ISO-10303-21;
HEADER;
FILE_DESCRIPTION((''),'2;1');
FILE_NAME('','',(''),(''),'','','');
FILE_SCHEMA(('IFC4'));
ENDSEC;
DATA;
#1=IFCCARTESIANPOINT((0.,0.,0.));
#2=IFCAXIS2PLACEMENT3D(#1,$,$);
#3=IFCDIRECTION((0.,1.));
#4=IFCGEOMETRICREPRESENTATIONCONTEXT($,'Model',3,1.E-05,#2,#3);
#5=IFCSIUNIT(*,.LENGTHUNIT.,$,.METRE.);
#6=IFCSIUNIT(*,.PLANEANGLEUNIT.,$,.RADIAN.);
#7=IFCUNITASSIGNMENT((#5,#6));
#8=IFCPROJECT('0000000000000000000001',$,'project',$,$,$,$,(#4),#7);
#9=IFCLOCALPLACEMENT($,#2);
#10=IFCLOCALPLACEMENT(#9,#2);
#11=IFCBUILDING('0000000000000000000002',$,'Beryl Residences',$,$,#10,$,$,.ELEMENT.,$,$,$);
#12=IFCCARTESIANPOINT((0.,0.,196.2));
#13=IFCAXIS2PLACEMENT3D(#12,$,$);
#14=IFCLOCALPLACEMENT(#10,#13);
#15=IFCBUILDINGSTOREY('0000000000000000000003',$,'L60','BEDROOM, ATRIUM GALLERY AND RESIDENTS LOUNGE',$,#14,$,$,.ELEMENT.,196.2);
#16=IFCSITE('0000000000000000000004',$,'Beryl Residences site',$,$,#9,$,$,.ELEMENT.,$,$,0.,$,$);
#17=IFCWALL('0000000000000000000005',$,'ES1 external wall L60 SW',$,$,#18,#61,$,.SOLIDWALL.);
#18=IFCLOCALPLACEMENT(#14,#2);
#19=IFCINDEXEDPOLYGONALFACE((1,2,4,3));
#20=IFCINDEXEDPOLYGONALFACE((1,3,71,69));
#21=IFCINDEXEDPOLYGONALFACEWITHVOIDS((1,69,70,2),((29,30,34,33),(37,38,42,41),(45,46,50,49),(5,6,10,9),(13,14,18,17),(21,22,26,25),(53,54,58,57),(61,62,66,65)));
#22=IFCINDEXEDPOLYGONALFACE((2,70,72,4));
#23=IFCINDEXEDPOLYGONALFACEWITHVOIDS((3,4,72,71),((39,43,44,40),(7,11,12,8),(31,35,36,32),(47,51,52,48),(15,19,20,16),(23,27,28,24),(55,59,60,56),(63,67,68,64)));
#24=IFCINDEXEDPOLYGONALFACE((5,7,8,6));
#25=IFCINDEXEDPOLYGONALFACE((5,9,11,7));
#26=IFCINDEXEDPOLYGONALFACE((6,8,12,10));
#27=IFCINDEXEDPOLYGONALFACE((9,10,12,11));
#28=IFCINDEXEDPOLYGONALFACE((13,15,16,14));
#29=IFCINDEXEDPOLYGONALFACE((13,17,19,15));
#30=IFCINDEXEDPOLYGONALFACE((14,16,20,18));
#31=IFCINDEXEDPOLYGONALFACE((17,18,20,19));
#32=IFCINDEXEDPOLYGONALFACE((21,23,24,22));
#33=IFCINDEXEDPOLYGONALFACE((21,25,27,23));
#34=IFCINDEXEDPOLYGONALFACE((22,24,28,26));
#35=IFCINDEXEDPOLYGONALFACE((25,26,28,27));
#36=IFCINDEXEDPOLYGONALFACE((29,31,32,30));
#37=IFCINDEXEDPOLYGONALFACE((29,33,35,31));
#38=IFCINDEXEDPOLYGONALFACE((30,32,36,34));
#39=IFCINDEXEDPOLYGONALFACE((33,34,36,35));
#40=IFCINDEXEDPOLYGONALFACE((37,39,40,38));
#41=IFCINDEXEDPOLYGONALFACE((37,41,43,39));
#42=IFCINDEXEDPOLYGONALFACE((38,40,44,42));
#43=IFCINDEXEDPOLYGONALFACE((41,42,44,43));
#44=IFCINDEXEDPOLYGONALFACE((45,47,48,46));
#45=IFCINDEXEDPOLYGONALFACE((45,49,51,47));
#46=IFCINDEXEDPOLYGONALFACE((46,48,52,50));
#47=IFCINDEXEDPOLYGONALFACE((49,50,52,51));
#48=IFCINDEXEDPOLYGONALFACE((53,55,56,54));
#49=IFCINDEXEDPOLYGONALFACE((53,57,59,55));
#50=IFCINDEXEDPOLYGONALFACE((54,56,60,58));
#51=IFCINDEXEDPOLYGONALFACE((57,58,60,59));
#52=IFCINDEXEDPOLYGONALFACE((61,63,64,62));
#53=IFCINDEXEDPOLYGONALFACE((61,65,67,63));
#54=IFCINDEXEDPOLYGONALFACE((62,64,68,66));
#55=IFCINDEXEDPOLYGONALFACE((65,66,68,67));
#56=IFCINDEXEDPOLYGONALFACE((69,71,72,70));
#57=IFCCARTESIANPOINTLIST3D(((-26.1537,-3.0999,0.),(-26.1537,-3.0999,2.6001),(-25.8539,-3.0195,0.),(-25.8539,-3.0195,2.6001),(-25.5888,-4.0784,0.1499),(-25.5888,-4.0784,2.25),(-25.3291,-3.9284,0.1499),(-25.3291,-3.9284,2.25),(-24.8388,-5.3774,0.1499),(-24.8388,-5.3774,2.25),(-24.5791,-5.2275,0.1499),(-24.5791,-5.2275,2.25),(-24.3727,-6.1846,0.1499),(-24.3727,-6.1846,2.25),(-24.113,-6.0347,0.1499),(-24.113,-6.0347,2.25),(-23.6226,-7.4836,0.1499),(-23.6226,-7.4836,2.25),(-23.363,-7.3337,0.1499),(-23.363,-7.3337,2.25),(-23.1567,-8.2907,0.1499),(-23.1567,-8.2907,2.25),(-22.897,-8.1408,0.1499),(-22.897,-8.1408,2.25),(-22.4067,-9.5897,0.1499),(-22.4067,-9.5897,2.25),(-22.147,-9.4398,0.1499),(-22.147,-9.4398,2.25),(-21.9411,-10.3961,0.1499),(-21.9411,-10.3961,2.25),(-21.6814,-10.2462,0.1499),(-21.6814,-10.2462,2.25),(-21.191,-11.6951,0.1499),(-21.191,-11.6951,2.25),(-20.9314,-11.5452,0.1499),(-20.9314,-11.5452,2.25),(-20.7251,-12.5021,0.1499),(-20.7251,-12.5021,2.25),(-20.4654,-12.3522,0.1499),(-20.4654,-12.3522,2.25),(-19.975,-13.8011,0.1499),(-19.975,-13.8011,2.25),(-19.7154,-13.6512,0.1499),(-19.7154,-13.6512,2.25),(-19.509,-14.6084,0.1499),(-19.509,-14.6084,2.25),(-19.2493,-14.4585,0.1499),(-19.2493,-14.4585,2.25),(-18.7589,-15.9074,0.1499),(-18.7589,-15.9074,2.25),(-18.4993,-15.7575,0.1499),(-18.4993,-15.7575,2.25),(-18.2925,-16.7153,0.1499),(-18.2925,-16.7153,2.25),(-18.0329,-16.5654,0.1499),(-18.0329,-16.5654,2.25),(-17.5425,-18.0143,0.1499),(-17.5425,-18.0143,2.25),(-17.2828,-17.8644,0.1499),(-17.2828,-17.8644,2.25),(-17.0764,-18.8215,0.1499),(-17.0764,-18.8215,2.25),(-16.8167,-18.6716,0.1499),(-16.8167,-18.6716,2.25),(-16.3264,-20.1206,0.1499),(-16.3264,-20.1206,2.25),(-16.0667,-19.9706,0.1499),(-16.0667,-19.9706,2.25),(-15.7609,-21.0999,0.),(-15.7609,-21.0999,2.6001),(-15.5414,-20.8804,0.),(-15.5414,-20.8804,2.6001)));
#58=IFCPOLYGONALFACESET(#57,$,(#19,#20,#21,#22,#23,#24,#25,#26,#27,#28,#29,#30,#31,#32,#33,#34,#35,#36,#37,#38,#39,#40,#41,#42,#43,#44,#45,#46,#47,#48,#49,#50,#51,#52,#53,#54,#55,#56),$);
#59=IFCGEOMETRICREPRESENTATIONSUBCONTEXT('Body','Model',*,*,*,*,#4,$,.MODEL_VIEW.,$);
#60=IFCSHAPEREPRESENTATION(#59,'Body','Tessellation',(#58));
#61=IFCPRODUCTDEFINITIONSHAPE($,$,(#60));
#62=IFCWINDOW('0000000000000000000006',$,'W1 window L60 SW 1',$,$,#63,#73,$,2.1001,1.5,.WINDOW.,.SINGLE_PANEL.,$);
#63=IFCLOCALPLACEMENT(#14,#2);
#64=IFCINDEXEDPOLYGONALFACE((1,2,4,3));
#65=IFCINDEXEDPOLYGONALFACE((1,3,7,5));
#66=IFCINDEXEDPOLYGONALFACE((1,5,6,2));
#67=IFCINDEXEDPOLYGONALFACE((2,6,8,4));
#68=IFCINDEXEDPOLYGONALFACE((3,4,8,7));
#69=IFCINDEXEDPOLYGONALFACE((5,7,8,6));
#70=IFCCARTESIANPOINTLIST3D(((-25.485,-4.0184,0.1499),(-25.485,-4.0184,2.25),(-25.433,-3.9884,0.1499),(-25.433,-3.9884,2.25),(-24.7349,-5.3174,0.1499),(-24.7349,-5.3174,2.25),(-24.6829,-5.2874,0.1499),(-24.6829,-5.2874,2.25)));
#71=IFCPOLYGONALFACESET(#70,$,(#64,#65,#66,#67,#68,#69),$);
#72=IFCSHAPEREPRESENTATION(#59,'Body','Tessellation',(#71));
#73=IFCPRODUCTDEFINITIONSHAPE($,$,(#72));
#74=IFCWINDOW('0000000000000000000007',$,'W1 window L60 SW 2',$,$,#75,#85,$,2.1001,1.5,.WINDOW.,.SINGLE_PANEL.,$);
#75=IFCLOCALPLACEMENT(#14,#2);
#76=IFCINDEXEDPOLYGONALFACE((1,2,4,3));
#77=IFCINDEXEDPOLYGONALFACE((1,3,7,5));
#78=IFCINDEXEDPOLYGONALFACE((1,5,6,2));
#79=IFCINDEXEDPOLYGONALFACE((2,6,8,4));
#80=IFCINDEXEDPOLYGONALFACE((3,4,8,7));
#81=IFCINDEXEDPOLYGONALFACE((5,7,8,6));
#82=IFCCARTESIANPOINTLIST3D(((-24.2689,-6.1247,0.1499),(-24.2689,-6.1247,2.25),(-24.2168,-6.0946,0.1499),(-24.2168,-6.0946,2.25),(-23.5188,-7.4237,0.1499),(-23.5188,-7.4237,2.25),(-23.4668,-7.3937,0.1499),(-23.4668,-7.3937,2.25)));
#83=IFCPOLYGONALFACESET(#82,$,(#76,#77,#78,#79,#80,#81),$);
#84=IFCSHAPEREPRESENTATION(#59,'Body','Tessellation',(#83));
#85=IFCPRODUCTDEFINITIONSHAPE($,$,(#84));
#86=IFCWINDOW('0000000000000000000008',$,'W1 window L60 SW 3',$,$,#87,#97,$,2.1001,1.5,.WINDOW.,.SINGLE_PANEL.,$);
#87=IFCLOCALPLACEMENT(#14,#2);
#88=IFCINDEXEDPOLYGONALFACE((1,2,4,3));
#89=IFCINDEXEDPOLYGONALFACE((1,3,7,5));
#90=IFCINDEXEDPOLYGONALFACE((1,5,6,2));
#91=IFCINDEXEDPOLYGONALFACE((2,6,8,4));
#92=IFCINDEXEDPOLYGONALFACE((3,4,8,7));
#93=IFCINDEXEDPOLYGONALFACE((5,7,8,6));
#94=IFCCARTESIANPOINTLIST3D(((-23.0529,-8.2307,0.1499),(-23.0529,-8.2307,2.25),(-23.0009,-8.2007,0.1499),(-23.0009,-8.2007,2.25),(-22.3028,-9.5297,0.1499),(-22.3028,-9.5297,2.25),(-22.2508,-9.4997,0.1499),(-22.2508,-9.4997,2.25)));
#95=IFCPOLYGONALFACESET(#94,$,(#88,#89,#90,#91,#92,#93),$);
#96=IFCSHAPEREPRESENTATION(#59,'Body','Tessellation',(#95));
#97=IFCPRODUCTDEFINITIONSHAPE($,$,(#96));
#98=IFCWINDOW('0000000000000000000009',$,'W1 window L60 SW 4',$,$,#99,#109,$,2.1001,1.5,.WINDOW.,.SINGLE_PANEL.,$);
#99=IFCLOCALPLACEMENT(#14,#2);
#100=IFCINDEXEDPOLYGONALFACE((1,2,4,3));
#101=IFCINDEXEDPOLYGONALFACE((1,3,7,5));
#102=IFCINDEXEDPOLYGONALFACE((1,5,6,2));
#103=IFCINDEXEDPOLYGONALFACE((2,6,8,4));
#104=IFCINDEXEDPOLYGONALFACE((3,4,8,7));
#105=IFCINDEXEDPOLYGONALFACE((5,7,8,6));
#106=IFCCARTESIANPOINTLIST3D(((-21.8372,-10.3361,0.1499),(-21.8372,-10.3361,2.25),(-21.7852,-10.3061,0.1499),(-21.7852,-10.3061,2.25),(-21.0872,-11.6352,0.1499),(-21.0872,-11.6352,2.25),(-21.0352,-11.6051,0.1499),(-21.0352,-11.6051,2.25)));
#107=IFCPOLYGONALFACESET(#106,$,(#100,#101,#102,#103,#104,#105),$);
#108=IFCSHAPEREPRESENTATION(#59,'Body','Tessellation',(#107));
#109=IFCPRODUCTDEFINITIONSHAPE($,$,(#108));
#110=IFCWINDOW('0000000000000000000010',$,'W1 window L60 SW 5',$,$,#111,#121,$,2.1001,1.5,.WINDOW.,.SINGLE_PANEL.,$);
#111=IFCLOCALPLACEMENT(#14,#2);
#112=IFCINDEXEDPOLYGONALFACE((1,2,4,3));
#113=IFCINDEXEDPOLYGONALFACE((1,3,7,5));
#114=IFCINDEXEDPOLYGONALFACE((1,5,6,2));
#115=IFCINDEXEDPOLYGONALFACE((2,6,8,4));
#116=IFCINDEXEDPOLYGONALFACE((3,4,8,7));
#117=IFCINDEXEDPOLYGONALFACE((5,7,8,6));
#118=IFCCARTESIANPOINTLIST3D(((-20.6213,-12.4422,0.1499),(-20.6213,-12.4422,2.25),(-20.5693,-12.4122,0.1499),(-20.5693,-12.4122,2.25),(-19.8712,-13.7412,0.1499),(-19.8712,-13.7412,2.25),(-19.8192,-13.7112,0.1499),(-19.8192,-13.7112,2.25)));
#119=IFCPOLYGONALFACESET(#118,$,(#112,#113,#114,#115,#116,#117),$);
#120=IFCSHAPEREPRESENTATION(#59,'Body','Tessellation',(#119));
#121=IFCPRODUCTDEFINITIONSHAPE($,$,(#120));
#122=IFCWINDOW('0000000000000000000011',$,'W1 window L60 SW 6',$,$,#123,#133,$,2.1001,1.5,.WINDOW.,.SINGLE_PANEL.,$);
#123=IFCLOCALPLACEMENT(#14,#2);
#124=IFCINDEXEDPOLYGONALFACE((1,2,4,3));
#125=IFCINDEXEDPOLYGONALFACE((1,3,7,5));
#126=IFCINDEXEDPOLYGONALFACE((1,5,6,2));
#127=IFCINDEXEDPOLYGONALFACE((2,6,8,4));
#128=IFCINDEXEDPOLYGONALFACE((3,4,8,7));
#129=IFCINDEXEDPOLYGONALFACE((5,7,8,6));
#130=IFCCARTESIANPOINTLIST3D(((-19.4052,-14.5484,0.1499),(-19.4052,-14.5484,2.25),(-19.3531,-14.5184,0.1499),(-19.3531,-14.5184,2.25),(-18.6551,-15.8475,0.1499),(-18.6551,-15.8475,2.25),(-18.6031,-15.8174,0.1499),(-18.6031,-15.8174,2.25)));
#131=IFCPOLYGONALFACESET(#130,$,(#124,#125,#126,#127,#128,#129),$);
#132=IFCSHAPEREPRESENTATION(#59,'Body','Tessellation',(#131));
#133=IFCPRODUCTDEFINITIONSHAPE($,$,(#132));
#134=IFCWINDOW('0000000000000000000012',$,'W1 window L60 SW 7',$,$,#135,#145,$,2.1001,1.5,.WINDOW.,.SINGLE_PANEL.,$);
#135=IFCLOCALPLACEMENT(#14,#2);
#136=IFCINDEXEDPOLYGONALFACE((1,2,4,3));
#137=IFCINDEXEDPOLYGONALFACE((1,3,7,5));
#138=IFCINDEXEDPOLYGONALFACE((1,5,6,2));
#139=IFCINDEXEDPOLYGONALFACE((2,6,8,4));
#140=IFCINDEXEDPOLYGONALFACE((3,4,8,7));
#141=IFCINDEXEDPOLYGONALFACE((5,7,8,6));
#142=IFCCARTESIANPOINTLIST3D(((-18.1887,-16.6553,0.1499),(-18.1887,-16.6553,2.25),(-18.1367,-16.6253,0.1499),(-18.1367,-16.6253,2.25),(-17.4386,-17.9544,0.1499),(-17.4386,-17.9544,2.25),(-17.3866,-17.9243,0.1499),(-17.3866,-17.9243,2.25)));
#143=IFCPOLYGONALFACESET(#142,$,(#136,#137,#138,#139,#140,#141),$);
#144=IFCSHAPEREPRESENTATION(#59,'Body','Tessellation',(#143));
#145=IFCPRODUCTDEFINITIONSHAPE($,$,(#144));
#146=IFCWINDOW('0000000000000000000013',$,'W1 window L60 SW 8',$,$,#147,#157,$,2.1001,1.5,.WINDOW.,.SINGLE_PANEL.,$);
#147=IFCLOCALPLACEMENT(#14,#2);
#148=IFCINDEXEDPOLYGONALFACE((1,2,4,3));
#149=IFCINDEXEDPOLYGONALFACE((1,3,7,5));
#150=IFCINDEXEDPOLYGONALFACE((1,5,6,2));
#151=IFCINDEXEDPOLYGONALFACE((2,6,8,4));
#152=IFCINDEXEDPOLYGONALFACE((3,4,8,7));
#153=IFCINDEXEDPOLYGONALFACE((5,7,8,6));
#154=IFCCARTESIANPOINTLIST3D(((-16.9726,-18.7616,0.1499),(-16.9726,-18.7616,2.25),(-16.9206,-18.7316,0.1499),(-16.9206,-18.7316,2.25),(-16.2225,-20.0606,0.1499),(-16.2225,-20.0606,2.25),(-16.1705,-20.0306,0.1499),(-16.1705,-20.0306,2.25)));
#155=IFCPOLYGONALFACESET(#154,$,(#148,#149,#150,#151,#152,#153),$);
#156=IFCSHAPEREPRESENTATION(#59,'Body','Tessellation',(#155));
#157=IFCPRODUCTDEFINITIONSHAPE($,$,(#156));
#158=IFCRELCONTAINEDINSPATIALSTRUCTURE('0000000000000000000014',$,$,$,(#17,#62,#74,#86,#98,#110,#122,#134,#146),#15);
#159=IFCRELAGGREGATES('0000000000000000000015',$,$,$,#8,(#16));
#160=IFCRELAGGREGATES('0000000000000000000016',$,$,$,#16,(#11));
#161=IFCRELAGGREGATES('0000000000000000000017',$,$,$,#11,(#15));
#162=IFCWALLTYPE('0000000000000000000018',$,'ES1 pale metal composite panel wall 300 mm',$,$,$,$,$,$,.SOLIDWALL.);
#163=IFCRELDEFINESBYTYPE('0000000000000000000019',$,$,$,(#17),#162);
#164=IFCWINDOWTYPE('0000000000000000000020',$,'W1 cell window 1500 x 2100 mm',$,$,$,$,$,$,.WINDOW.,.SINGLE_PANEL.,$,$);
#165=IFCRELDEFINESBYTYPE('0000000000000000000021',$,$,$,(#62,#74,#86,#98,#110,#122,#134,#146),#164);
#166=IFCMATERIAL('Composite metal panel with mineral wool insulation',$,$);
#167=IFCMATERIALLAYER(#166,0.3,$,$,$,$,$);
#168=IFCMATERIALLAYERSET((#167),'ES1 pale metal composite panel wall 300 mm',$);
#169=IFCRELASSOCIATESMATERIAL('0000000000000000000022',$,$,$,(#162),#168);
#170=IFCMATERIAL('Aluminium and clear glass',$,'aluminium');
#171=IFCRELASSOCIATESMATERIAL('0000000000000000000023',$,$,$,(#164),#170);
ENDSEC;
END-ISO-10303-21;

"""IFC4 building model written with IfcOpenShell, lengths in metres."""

from ifc_helpers import new_model, si_unit, direction, frame, frame_2d, origin, place, context, subcontext, project, spatial, polyline, rectangle, outline, extrude, material, layer, layer_set, type_object, element, fill, save


model = new_model("IFC4")

# Units and contexts
model_context = context("Model", 3, precision=1e-05, world=origin(), true_north=direction((0.0, 1.0)))
body_context = subcontext(model_context, "Body", "Model", "MODEL_VIEW")
ifc_project = project(units=[si_unit("LENGTHUNIT", "METRE"), si_unit("PLANEANGLEUNIT", "RADIAN")], contexts=[model_context])

# Site, building, storey
site_placement = place(None, origin())
site = spatial("IfcSite", under=ifc_project, at=site_placement, Name="Beryl Residences site", CompositionType="ELEMENT", RefElevation=0.0)
building_placement = place(site_placement, origin())
building = spatial("IfcBuilding", under=site, at=building_placement, Name="Beryl Residences", CompositionType="ELEMENT")
storey_placement = place(building_placement, frame((0.0, 0.0, 196.2)))
storey = spatial("IfcBuildingStorey", under=building, at=storey_placement, Name="L60", Description="BEDROOM, ATRIUM GALLERY AND RESIDENTS LOUNGE", CompositionType="ELEMENT", Elevation=196.2)

# Wall, openings, windows
ifc_material_1 = material(Name="Composite metal panel with mineral wool insulation")
ifc_layer_1 = layer(ifc_material_1, 0.3)
ifc_layer_set_1 = layer_set([ifc_layer_1], Name="ES1 pale metal composite panel wall 300 mm")
wall_type_1 = type_object("IfcWallType", Name="ES1 pale metal composite panel wall 300 mm", PredefinedType="SOLIDWALL", material=ifc_layer_set_1)
wall_1_placement = place(storey_placement, frame((-26.0239, -3.0249, 0.0), z_axis=(0.0, 0.0, 1.0), x_axis=(0.500019, -0.866015, 0.0)))
wall_1 = element("IfcWall", 1, at=wall_1_placement, inside=storey, type_object=wall_type_1, Name="ES1 external wall L60 SW", PredefinedType="SOLIDWALL", context=body_context, shape_type="SweptSolid", body=[
    extrude(outline(polyline([(0.0, -0.1499), (20.7849, -0.1499), (20.7046, 0.1499), (0.0803, 0.1499), (0.0, -0.1499)])), origin(), (0.0, 0.0, 1.0), 2.6001),
])
opening_1_placement = place(wall_1_placement, frame((1.1299, 0.0, 0.1499)))
opening_1 = element("IfcOpeningElement", 2, at=opening_1_placement, cuts=wall_1, PredefinedType="OPENING", context=body_context, shape_type="SweptSolid", body=[
    extrude(rectangle(XDim=1.5, YDim=2.1001, at=frame_2d((0.75, 1.05))), frame((0.0, 0.1599, 0.0), z_axis=(0.0, -1.0, 0.0), x_axis=(1.0, 0.0, 0.0)), (0.0, 0.0, 1.0), 0.3201),
])
opening_2_placement = place(wall_1_placement, frame((3.562, 0.0, 0.1499)))
opening_2 = element("IfcOpeningElement", 3, at=opening_2_placement, cuts=wall_1, PredefinedType="OPENING", context=body_context, shape_type="SweptSolid", body=[
    extrude(rectangle(XDim=1.5, YDim=2.1001, at=frame_2d((0.75, 1.05))), frame((0.0, 0.1599, 0.0), z_axis=(0.0, -1.0, 0.0), x_axis=(1.0, 0.0, 0.0)), (0.0, 0.0, 1.0), 0.3201),
])
opening_3_placement = place(wall_1_placement, frame((5.9939, 0.0, 0.1499)))
opening_3 = element("IfcOpeningElement", 4, at=opening_3_placement, cuts=wall_1, PredefinedType="OPENING", context=body_context, shape_type="SweptSolid", body=[
    extrude(rectangle(XDim=1.5, YDim=2.1001, at=frame_2d((0.75, 1.05))), frame((0.0, 0.1599, 0.0), z_axis=(0.0, -1.0, 0.0), x_axis=(1.0, 0.0, 0.0)), (0.0, 0.0, 1.0), 0.3201),
])
opening_4_placement = place(wall_1_placement, frame((8.425, 0.0, 0.1499)))
opening_4 = element("IfcOpeningElement", 5, at=opening_4_placement, cuts=wall_1, PredefinedType="OPENING", context=body_context, shape_type="SweptSolid", body=[
    extrude(rectangle(XDim=1.5, YDim=2.1001, at=frame_2d((0.75, 1.05))), frame((0.0, 0.1599, 0.0), z_axis=(0.0, -1.0, 0.0), x_axis=(1.0, 0.0, 0.0)), (0.0, 0.0, 1.0), 0.3201),
])
opening_5_placement = place(wall_1_placement, frame((10.8569, 0.0, 0.1499)))
opening_5 = element("IfcOpeningElement", 6, at=opening_5_placement, cuts=wall_1, PredefinedType="OPENING", context=body_context, shape_type="SweptSolid", body=[
    extrude(rectangle(XDim=1.5, YDim=2.1001, at=frame_2d((0.75, 1.05))), frame((0.0, 0.1599, 0.0), z_axis=(0.0, -1.0, 0.0), x_axis=(1.0, 0.0, 0.0)), (0.0, 0.0, 1.0), 0.3201),
])
opening_6_placement = place(wall_1_placement, frame((13.2891, 0.0, 0.1499)))
opening_6 = element("IfcOpeningElement", 7, at=opening_6_placement, cuts=wall_1, PredefinedType="OPENING", context=body_context, shape_type="SweptSolid", body=[
    extrude(rectangle(XDim=1.5, YDim=2.1001, at=frame_2d((0.75, 1.05))), frame((0.0, 0.1599, 0.0), z_axis=(0.0, -1.0, 0.0), x_axis=(1.0, 0.0, 0.0)), (0.0, 0.0, 1.0), 0.3201),
])
opening_7_placement = place(wall_1_placement, frame((15.7219, 0.0, 0.1499)))
opening_7 = element("IfcOpeningElement", 8, at=opening_7_placement, cuts=wall_1, PredefinedType="OPENING", context=body_context, shape_type="SweptSolid", body=[
    extrude(rectangle(XDim=1.5, YDim=2.1001, at=frame_2d((0.75, 1.05))), frame((0.0, 0.1599, 0.0), z_axis=(0.0, -1.0, 0.0), x_axis=(1.0, 0.0, 0.0)), (0.0, 0.0, 1.0), 0.3201),
])
opening_8_placement = place(wall_1_placement, frame((18.1541, 0.0, 0.1499)))
opening_8 = element("IfcOpeningElement", 9, at=opening_8_placement, cuts=wall_1, PredefinedType="OPENING", context=body_context, shape_type="SweptSolid", body=[
    extrude(rectangle(XDim=1.5, YDim=2.1001, at=frame_2d((0.75, 1.05))), frame((0.0, 0.1599, 0.0), z_axis=(0.0, -1.0, 0.0), x_axis=(1.0, 0.0, 0.0)), (0.0, 0.0, 1.0), 0.3201),
])
ifc_material_2 = material(Name="Aluminium and clear glass", Category="aluminium")
window_type = type_object("IfcWindowType", Name="W1 cell window 1500 x 2100 mm", PartitioningType="SINGLE_PANEL", PredefinedType="WINDOW", material=ifc_material_2)
window_1_placement = place(opening_1_placement, origin())
window_1 = element("IfcWindow", 10, at=window_1_placement, inside=storey, type_object=window_type, Name="W1 window L60 SW 1", OverallHeight=2.1001, OverallWidth=1.5, PartitioningType="SINGLE_PANEL", PredefinedType="WINDOW", context=body_context, shape_type="SweptSolid", body=[
    extrude(rectangle(XDim=1.5, YDim=2.1001, at=frame_2d((0.75, 1.05))), frame((0.0, 0.03, 0.0), z_axis=(0.0, -1.0, 0.0), x_axis=(1.0, 0.0, 0.0)), (0.0, 0.0, 1.0), 0.0601),
])
fill(opening_1, window_1)
window_2_placement = place(opening_2_placement, origin())
window_2 = element("IfcWindow", 11, at=window_2_placement, inside=storey, type_object=window_type, Name="W1 window L60 SW 2", OverallHeight=2.1001, OverallWidth=1.5, PartitioningType="SINGLE_PANEL", PredefinedType="WINDOW", context=body_context, shape_type="SweptSolid", body=[
    extrude(rectangle(XDim=1.5, YDim=2.1001, at=frame_2d((0.75, 1.05))), frame((0.0, 0.03, 0.0), z_axis=(0.0, -1.0, 0.0), x_axis=(1.0, 0.0, 0.0)), (0.0, 0.0, 1.0), 0.0601),
])
fill(opening_2, window_2)
window_3_placement = place(opening_3_placement, origin())
window_3 = element("IfcWindow", 12, at=window_3_placement, inside=storey, type_object=window_type, Name="W1 window L60 SW 3", OverallHeight=2.1001, OverallWidth=1.5, PartitioningType="SINGLE_PANEL", PredefinedType="WINDOW", context=body_context, shape_type="SweptSolid", body=[
    extrude(rectangle(XDim=1.5, YDim=2.1001, at=frame_2d((0.75, 1.05))), frame((0.0, 0.03, 0.0), z_axis=(0.0, -1.0, 0.0), x_axis=(1.0, 0.0, 0.0)), (0.0, 0.0, 1.0), 0.0601),
])
fill(opening_3, window_3)
window_4_placement = place(opening_4_placement, origin())
window_4 = element("IfcWindow", 13, at=window_4_placement, inside=storey, type_object=window_type, Name="W1 window L60 SW 4", OverallHeight=2.1001, OverallWidth=1.5, PartitioningType="SINGLE_PANEL", PredefinedType="WINDOW", context=body_context, shape_type="SweptSolid", body=[
    extrude(rectangle(XDim=1.5, YDim=2.1001, at=frame_2d((0.75, 1.05))), frame((0.0, 0.03, 0.0), z_axis=(0.0, -1.0, 0.0), x_axis=(1.0, 0.0, 0.0)), (0.0, 0.0, 1.0), 0.0601),
])
fill(opening_4, window_4)
window_5_placement = place(opening_5_placement, origin())
window_5 = element("IfcWindow", 14, at=window_5_placement, inside=storey, type_object=window_type, Name="W1 window L60 SW 5", OverallHeight=2.1001, OverallWidth=1.5, PartitioningType="SINGLE_PANEL", PredefinedType="WINDOW", context=body_context, shape_type="SweptSolid", body=[
    extrude(rectangle(XDim=1.5, YDim=2.1001, at=frame_2d((0.75, 1.05))), frame((0.0, 0.03, 0.0), z_axis=(0.0, -1.0, 0.0), x_axis=(1.0, 0.0, 0.0)), (0.0, 0.0, 1.0), 0.0601),
])
fill(opening_5, window_5)
window_6_placement = place(opening_6_placement, origin())
window_6 = element("IfcWindow", 15, at=window_6_placement, inside=storey, type_object=window_type, Name="W1 window L60 SW 6", OverallHeight=2.1001, OverallWidth=1.5, PartitioningType="SINGLE_PANEL", PredefinedType="WINDOW", context=body_context, shape_type="SweptSolid", body=[
    extrude(rectangle(XDim=1.5, YDim=2.1001, at=frame_2d((0.75, 1.05))), frame((0.0, 0.03, 0.0), z_axis=(0.0, -1.0, 0.0), x_axis=(1.0, 0.0, 0.0)), (0.0, 0.0, 1.0), 0.0601),
])
fill(opening_6, window_6)
window_7_placement = place(opening_7_placement, origin())
window_7 = element("IfcWindow", 16, at=window_7_placement, inside=storey, type_object=window_type, Name="W1 window L60 SW 7", OverallHeight=2.1001, OverallWidth=1.5, PartitioningType="SINGLE_PANEL", PredefinedType="WINDOW", context=body_context, shape_type="SweptSolid", body=[
    extrude(rectangle(XDim=1.5, YDim=2.1001, at=frame_2d((0.75, 1.05))), frame((0.0, 0.03, 0.0), z_axis=(0.0, -1.0, 0.0), x_axis=(1.0, 0.0, 0.0)), (0.0, 0.0, 1.0), 0.0601),
])
fill(opening_7, window_7)
window_8_placement = place(opening_8_placement, origin())
window_8 = element("IfcWindow", 17, at=window_8_placement, inside=storey, type_object=window_type, Name="W1 window L60 SW 8", OverallHeight=2.1001, OverallWidth=1.5, PartitioningType="SINGLE_PANEL", PredefinedType="WINDOW", context=body_context, shape_type="SweptSolid", body=[
    extrude(rectangle(XDim=1.5, YDim=2.1001, at=frame_2d((0.75, 1.05))), frame((0.0, 0.03, 0.0), z_axis=(0.0, -1.0, 0.0), x_axis=(1.0, 0.0, 0.0)), (0.0, 0.0, 1.0), 0.0601),
])
fill(opening_8, window_8)

save(model, "model.ifc")
